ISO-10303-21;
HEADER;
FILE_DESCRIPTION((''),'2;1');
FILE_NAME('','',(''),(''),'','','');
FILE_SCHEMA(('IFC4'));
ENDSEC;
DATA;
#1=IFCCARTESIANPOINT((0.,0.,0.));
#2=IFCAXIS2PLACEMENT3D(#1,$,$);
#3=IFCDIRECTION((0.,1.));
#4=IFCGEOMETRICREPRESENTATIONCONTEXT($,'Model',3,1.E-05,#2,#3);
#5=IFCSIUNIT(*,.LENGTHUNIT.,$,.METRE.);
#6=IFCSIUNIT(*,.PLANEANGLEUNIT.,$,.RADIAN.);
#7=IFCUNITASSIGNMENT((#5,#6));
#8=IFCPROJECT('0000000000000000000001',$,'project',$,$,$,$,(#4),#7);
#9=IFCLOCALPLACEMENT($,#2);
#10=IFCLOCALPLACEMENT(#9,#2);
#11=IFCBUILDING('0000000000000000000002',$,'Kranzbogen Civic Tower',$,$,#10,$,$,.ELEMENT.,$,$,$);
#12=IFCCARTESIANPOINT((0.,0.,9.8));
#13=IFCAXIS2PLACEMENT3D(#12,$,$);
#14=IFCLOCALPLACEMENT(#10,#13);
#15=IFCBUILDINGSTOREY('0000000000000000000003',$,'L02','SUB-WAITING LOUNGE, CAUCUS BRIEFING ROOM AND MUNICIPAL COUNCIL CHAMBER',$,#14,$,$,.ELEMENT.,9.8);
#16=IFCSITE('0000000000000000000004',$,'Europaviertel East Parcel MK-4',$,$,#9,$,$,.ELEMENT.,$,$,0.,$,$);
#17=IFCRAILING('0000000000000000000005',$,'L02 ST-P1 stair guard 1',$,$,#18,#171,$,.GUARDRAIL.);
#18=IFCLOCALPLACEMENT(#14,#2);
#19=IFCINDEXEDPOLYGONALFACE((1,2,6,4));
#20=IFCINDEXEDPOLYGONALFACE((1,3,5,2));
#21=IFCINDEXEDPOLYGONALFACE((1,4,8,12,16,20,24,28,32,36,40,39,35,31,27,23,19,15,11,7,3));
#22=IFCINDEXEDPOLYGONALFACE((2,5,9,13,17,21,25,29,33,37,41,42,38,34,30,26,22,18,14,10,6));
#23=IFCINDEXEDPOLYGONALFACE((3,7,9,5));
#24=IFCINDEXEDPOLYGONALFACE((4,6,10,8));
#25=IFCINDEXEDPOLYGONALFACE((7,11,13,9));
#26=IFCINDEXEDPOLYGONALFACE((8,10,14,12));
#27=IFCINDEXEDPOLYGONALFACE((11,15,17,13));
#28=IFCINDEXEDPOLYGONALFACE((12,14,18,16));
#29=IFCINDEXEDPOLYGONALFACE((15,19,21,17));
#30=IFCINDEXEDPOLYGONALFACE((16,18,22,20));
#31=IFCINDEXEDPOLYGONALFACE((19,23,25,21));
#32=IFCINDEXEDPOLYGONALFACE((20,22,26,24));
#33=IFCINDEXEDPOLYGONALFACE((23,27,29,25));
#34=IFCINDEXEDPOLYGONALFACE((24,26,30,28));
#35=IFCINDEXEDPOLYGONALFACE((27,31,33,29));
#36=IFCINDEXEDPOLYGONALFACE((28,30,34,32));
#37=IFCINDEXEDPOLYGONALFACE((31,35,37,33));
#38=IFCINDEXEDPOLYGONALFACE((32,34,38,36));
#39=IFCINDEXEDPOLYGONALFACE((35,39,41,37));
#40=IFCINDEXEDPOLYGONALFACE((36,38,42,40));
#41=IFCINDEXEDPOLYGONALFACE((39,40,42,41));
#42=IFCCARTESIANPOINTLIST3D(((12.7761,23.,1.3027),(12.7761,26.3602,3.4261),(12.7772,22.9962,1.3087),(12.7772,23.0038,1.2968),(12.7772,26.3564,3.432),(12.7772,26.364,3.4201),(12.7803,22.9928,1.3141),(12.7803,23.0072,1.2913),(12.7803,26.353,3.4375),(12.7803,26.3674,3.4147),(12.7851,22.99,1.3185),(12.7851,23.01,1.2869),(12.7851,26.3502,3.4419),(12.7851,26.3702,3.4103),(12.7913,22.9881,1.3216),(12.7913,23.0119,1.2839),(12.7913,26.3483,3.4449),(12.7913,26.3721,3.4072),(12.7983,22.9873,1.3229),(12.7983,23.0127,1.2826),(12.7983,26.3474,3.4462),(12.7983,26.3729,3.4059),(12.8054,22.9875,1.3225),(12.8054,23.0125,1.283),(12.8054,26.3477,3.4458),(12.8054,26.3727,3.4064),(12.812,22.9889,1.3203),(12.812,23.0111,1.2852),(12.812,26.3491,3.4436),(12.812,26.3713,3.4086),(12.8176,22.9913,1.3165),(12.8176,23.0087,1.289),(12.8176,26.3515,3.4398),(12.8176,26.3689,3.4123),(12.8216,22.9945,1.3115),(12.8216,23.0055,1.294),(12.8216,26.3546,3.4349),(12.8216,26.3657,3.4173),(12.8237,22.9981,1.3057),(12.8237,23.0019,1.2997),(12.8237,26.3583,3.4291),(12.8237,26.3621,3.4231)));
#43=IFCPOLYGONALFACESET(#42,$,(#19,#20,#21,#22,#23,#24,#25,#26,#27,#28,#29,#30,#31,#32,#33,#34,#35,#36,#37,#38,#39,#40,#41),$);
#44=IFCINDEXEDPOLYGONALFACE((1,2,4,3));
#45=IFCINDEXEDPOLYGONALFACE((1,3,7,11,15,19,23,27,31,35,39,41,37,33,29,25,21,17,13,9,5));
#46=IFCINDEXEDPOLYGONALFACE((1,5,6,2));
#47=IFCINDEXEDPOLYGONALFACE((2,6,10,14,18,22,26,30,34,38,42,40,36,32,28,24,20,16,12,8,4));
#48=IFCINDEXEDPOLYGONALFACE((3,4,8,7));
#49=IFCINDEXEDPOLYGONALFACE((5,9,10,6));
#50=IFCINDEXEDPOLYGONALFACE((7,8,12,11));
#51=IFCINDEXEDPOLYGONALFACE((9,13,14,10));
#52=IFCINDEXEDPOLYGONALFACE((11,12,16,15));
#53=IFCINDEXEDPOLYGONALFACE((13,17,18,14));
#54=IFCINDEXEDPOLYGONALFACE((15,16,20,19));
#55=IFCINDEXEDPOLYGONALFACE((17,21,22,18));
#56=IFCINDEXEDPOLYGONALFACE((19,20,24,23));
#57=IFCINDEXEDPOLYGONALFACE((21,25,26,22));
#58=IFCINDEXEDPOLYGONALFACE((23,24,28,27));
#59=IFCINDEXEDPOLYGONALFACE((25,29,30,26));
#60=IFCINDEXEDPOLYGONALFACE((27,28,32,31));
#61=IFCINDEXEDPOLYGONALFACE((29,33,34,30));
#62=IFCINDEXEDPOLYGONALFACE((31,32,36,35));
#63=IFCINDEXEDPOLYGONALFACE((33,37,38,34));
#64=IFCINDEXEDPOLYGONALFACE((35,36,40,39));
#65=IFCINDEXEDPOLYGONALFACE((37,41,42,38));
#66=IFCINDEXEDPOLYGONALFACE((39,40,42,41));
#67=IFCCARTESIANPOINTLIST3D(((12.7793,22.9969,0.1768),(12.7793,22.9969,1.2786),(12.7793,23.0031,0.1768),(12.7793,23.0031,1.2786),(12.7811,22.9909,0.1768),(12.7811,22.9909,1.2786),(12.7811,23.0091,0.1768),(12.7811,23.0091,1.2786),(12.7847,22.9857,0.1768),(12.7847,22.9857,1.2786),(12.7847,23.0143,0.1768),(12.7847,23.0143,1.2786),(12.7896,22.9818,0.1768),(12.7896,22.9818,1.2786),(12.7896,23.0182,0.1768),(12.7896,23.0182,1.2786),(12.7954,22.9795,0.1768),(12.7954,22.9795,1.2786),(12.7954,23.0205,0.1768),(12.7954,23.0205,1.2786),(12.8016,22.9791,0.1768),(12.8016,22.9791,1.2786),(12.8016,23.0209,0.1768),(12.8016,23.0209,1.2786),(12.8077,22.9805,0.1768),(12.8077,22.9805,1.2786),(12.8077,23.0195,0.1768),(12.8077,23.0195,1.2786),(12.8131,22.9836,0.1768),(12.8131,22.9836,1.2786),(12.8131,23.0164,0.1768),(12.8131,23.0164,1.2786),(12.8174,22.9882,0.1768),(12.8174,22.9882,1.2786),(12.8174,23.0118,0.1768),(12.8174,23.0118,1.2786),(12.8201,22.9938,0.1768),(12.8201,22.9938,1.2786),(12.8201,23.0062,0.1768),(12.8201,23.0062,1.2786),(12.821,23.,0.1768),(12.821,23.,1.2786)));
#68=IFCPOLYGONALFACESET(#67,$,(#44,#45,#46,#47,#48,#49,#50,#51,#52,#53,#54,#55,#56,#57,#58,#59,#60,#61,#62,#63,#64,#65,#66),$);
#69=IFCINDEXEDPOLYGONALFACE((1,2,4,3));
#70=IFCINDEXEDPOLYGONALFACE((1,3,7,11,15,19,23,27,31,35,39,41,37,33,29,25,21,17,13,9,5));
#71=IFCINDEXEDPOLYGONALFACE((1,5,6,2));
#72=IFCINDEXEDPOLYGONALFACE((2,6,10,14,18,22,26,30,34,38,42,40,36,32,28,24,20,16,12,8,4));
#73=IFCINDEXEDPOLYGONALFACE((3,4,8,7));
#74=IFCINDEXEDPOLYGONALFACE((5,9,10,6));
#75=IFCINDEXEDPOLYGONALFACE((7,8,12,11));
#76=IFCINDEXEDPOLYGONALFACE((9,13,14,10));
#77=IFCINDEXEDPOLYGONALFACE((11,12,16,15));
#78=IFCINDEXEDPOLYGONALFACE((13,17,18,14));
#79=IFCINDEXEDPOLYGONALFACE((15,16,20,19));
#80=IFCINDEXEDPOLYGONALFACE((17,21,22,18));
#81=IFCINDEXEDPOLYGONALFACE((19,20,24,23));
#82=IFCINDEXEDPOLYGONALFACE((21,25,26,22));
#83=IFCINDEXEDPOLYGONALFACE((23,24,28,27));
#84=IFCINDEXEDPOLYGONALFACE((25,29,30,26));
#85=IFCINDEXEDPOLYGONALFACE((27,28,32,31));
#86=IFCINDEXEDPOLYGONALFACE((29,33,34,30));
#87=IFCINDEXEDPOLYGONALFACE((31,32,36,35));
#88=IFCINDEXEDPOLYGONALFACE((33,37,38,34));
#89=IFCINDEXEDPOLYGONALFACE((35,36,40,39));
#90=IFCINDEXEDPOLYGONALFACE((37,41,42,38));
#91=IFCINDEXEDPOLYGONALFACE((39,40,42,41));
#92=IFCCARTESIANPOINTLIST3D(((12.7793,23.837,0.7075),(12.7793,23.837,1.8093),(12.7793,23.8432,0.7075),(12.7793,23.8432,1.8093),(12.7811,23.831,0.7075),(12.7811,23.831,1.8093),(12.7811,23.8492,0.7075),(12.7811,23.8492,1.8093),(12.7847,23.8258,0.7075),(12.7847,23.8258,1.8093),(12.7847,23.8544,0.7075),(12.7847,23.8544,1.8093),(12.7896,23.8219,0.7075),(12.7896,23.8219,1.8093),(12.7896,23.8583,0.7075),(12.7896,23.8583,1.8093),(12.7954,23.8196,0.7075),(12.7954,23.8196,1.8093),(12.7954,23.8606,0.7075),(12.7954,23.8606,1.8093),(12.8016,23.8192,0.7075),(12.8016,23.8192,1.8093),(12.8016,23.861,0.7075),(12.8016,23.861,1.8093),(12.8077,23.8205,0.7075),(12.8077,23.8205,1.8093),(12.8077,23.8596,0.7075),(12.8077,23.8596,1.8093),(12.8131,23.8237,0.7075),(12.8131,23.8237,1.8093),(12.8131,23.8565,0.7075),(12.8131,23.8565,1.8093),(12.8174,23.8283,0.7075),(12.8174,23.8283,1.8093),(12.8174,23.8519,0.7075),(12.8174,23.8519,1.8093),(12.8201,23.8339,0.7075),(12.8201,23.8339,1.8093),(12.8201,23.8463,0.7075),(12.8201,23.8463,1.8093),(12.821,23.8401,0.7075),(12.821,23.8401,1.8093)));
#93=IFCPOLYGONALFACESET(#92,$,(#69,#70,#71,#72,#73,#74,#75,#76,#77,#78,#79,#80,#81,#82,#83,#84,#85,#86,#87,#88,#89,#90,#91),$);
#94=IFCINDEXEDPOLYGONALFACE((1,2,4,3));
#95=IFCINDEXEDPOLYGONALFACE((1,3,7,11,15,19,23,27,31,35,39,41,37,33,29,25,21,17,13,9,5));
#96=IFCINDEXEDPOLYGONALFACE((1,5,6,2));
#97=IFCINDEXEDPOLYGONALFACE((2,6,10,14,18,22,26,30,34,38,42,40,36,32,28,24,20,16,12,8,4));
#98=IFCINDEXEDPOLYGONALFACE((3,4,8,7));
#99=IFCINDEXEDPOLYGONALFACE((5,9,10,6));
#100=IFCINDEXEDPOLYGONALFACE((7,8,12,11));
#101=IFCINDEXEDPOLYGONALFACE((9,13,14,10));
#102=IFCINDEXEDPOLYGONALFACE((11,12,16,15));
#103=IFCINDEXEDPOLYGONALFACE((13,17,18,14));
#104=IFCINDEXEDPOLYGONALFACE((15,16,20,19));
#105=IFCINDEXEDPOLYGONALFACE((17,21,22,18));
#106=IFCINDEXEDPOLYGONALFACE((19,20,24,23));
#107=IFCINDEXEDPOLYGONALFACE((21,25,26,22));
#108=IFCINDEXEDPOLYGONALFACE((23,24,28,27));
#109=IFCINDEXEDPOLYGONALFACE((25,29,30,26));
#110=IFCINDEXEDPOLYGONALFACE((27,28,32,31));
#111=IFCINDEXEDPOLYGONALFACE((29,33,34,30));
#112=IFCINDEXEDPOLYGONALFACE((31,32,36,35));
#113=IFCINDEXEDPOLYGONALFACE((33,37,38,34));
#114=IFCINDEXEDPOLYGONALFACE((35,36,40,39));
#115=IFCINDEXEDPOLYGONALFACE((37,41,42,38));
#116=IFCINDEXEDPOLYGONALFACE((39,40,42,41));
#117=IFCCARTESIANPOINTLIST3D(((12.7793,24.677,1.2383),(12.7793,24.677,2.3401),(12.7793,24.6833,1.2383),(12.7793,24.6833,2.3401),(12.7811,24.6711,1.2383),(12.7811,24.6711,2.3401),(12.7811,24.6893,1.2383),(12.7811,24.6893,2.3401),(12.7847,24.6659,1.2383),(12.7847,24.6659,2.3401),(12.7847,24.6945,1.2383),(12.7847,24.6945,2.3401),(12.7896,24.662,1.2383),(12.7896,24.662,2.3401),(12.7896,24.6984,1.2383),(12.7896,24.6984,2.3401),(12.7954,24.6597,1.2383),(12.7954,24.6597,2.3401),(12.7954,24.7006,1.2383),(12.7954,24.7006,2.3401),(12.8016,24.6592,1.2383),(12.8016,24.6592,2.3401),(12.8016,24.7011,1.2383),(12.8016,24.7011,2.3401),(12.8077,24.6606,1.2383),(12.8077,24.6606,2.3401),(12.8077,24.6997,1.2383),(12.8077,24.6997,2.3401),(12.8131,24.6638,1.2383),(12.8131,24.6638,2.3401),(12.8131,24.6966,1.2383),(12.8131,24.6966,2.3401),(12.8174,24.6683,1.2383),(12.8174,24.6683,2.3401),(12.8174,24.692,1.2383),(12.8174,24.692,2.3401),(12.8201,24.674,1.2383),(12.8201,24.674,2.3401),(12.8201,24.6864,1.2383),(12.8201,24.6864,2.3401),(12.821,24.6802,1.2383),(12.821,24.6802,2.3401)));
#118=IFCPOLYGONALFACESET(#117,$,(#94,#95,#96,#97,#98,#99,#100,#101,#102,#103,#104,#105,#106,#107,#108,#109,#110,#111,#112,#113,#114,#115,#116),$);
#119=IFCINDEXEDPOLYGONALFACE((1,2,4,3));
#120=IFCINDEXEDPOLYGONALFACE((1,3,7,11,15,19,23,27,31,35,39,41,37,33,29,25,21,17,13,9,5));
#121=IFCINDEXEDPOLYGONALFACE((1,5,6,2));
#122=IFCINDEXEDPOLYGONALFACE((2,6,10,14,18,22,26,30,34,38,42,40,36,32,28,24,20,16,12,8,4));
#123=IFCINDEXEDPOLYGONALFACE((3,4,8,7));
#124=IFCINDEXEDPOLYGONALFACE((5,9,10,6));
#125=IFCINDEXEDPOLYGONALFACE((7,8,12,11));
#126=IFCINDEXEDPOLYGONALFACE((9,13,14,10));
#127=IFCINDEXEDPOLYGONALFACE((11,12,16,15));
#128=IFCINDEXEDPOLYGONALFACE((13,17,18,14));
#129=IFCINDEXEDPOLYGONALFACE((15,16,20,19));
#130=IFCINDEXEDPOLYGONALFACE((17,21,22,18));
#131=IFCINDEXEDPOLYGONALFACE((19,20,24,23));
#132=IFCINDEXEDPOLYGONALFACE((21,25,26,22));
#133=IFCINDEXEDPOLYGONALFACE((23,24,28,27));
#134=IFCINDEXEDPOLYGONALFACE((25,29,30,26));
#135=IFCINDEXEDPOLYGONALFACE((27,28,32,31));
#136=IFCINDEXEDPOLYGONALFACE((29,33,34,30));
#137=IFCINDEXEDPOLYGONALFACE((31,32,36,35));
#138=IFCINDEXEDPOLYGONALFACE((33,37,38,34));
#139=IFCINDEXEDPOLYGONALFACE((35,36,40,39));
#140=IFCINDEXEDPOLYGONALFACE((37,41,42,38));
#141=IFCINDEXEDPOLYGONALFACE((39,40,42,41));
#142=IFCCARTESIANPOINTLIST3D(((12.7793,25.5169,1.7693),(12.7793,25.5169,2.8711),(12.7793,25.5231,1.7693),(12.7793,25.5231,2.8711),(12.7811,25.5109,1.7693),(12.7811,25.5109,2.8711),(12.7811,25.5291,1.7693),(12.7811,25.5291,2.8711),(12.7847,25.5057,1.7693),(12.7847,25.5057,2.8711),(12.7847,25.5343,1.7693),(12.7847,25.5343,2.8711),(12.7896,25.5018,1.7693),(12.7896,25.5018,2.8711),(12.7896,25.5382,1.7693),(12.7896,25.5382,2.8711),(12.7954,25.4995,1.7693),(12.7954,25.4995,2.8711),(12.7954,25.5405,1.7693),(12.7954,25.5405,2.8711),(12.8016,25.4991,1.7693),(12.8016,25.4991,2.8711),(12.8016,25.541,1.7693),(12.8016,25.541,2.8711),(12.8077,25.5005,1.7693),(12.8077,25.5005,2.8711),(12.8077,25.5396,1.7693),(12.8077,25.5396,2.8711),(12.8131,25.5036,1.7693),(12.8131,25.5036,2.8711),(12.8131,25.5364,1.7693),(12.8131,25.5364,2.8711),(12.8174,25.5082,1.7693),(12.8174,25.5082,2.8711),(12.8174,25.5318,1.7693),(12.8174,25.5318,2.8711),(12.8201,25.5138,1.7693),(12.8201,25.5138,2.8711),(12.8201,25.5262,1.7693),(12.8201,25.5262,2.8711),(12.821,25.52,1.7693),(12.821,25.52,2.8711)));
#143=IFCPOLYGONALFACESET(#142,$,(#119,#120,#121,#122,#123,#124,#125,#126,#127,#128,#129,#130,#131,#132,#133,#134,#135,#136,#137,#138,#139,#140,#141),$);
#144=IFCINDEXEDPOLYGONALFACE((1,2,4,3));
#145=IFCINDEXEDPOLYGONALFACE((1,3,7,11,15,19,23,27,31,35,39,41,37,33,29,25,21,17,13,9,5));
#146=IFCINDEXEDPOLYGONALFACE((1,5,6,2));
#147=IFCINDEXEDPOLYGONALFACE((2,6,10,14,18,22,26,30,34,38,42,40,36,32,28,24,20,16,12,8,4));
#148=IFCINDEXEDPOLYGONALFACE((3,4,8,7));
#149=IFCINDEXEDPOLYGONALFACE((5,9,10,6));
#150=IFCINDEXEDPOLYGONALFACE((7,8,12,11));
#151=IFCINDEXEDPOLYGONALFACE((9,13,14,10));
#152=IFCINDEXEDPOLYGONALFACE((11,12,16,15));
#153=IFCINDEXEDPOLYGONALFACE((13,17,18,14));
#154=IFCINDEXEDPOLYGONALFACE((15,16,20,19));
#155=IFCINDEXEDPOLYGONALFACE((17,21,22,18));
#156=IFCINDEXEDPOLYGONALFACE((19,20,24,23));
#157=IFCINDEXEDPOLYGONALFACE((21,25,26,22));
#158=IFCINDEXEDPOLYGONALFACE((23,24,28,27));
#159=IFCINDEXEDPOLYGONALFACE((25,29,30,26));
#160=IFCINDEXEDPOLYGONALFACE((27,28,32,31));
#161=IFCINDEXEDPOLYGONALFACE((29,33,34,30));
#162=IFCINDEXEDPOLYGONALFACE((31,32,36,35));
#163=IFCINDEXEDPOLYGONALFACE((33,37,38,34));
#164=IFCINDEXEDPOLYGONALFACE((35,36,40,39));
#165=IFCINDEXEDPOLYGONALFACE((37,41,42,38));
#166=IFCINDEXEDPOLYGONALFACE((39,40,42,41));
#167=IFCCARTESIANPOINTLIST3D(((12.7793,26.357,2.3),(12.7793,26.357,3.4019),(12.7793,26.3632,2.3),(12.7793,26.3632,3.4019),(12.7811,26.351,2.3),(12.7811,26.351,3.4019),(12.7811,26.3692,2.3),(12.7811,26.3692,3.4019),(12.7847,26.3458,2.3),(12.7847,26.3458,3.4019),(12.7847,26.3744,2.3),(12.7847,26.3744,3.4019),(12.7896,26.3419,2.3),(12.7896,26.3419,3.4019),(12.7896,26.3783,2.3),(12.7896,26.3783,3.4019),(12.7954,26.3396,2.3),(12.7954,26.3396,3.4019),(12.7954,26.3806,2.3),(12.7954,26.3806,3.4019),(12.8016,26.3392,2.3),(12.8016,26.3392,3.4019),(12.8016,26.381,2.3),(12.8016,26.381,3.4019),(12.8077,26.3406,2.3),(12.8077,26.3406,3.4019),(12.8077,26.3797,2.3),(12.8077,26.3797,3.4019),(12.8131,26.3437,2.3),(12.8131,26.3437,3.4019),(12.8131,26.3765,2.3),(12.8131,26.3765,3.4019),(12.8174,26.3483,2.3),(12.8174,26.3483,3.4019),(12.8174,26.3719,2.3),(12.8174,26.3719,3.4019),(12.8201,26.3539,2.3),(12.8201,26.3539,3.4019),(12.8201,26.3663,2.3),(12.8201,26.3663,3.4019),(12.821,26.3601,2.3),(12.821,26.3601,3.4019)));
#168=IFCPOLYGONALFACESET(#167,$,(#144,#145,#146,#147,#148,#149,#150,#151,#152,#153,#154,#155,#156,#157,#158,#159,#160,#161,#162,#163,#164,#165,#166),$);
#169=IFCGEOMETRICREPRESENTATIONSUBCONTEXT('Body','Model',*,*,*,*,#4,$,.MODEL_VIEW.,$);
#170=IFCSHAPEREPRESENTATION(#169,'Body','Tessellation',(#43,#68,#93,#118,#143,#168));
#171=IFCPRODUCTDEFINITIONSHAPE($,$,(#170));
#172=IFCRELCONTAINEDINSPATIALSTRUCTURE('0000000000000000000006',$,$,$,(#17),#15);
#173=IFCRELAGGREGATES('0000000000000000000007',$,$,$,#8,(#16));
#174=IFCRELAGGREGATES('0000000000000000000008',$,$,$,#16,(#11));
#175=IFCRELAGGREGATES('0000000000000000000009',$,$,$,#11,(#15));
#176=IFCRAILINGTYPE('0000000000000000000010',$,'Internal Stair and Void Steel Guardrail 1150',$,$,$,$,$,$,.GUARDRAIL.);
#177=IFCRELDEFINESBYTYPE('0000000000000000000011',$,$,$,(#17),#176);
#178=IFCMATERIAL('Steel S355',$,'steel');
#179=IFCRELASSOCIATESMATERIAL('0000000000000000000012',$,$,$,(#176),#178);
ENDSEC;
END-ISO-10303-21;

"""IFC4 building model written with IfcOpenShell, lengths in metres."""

from ifc_helpers import new_model, si_unit, direction, frame, origin, origin_2d, place, context, subcontext, project, spatial, circle, extrude, material, type_object, element, save


model = new_model("IFC4")

# Units and contexts
model_context = context("Model", 3, precision=1e-05, world=origin(), true_north=direction((0.0, 1.0)))
body_context = subcontext(model_context, "Body", "Model", "MODEL_VIEW")
ifc_project = project(units=[si_unit("LENGTHUNIT", "METRE"), si_unit("PLANEANGLEUNIT", "RADIAN")], contexts=[model_context])

# Site, building, storey
site_placement = place(None, origin())
site = spatial("IfcSite", under=ifc_project, at=site_placement, Name="Europaviertel East Parcel MK-4", CompositionType="ELEMENT", RefElevation=0.0)
building_placement = place(site_placement, origin())
building = spatial("IfcBuilding", under=site, at=building_placement, Name="Kranzbogen Civic Tower", CompositionType="ELEMENT")
storey_placement = place(building_placement, frame((0.0, 0.0, 9.8)))
storey = spatial("IfcBuildingStorey", under=building, at=storey_placement, Name="L02", Description="SUB-WAITING LOUNGE, CAUCUS BRIEFING ROOM AND MUNICIPAL COUNCIL CHAMBER", CompositionType="ELEMENT", Elevation=9.8)

# Shared definitions
ifc_material_1 = material(Name="Steel S355", Category="steel")

# Railing
railing_type = type_object("IfcRailingType", Name="Internal Stair and Void Steel Guardrail 1150", PredefinedType="GUARDRAIL", material=ifc_material_1)
railing_1_placement = place(storey_placement, frame((12.8, 23.0, 0.1768)))
element("IfcRailing", 1, at=railing_1_placement, inside=storey, type_object=railing_type, Name="L02 ST-P1 stair guard 1", PredefinedType="GUARDRAIL", context=body_context, shape_type="SweptSolid", body=[
    extrude(circle(Radius=0.0239, at=origin_2d()), frame((0.0, 0.0, 1.126), z_axis=(0.0, 0.845362, 0.534194), x_axis=(-1.0, 0.0, 0.0)), (0.0, 0.0, 1.0), 3.9749),
    extrude(circle(Radius=0.021, at=origin_2d()), origin(), (0.0, 0.0, 1.0), 1.1018),
    extrude(circle(Radius=0.021, at=origin_2d()), frame((0.0, 0.8401, 0.5308)), (0.0, 0.0, 1.0), 1.1018),
    extrude(circle(Radius=0.021, at=origin_2d()), frame((0.0, 1.6802, 1.0615)), (0.0, 0.0, 1.0), 1.1018),
    extrude(circle(Radius=0.021, at=origin_2d()), frame((0.0, 2.52, 1.5925)), (0.0, 0.0, 1.0), 1.1018),
    extrude(circle(Radius=0.021, at=origin_2d()), frame((0.0, 3.3601, 2.1233)), (0.0, 0.0, 1.0), 1.1018),
])

save(model, "model.ifc")
